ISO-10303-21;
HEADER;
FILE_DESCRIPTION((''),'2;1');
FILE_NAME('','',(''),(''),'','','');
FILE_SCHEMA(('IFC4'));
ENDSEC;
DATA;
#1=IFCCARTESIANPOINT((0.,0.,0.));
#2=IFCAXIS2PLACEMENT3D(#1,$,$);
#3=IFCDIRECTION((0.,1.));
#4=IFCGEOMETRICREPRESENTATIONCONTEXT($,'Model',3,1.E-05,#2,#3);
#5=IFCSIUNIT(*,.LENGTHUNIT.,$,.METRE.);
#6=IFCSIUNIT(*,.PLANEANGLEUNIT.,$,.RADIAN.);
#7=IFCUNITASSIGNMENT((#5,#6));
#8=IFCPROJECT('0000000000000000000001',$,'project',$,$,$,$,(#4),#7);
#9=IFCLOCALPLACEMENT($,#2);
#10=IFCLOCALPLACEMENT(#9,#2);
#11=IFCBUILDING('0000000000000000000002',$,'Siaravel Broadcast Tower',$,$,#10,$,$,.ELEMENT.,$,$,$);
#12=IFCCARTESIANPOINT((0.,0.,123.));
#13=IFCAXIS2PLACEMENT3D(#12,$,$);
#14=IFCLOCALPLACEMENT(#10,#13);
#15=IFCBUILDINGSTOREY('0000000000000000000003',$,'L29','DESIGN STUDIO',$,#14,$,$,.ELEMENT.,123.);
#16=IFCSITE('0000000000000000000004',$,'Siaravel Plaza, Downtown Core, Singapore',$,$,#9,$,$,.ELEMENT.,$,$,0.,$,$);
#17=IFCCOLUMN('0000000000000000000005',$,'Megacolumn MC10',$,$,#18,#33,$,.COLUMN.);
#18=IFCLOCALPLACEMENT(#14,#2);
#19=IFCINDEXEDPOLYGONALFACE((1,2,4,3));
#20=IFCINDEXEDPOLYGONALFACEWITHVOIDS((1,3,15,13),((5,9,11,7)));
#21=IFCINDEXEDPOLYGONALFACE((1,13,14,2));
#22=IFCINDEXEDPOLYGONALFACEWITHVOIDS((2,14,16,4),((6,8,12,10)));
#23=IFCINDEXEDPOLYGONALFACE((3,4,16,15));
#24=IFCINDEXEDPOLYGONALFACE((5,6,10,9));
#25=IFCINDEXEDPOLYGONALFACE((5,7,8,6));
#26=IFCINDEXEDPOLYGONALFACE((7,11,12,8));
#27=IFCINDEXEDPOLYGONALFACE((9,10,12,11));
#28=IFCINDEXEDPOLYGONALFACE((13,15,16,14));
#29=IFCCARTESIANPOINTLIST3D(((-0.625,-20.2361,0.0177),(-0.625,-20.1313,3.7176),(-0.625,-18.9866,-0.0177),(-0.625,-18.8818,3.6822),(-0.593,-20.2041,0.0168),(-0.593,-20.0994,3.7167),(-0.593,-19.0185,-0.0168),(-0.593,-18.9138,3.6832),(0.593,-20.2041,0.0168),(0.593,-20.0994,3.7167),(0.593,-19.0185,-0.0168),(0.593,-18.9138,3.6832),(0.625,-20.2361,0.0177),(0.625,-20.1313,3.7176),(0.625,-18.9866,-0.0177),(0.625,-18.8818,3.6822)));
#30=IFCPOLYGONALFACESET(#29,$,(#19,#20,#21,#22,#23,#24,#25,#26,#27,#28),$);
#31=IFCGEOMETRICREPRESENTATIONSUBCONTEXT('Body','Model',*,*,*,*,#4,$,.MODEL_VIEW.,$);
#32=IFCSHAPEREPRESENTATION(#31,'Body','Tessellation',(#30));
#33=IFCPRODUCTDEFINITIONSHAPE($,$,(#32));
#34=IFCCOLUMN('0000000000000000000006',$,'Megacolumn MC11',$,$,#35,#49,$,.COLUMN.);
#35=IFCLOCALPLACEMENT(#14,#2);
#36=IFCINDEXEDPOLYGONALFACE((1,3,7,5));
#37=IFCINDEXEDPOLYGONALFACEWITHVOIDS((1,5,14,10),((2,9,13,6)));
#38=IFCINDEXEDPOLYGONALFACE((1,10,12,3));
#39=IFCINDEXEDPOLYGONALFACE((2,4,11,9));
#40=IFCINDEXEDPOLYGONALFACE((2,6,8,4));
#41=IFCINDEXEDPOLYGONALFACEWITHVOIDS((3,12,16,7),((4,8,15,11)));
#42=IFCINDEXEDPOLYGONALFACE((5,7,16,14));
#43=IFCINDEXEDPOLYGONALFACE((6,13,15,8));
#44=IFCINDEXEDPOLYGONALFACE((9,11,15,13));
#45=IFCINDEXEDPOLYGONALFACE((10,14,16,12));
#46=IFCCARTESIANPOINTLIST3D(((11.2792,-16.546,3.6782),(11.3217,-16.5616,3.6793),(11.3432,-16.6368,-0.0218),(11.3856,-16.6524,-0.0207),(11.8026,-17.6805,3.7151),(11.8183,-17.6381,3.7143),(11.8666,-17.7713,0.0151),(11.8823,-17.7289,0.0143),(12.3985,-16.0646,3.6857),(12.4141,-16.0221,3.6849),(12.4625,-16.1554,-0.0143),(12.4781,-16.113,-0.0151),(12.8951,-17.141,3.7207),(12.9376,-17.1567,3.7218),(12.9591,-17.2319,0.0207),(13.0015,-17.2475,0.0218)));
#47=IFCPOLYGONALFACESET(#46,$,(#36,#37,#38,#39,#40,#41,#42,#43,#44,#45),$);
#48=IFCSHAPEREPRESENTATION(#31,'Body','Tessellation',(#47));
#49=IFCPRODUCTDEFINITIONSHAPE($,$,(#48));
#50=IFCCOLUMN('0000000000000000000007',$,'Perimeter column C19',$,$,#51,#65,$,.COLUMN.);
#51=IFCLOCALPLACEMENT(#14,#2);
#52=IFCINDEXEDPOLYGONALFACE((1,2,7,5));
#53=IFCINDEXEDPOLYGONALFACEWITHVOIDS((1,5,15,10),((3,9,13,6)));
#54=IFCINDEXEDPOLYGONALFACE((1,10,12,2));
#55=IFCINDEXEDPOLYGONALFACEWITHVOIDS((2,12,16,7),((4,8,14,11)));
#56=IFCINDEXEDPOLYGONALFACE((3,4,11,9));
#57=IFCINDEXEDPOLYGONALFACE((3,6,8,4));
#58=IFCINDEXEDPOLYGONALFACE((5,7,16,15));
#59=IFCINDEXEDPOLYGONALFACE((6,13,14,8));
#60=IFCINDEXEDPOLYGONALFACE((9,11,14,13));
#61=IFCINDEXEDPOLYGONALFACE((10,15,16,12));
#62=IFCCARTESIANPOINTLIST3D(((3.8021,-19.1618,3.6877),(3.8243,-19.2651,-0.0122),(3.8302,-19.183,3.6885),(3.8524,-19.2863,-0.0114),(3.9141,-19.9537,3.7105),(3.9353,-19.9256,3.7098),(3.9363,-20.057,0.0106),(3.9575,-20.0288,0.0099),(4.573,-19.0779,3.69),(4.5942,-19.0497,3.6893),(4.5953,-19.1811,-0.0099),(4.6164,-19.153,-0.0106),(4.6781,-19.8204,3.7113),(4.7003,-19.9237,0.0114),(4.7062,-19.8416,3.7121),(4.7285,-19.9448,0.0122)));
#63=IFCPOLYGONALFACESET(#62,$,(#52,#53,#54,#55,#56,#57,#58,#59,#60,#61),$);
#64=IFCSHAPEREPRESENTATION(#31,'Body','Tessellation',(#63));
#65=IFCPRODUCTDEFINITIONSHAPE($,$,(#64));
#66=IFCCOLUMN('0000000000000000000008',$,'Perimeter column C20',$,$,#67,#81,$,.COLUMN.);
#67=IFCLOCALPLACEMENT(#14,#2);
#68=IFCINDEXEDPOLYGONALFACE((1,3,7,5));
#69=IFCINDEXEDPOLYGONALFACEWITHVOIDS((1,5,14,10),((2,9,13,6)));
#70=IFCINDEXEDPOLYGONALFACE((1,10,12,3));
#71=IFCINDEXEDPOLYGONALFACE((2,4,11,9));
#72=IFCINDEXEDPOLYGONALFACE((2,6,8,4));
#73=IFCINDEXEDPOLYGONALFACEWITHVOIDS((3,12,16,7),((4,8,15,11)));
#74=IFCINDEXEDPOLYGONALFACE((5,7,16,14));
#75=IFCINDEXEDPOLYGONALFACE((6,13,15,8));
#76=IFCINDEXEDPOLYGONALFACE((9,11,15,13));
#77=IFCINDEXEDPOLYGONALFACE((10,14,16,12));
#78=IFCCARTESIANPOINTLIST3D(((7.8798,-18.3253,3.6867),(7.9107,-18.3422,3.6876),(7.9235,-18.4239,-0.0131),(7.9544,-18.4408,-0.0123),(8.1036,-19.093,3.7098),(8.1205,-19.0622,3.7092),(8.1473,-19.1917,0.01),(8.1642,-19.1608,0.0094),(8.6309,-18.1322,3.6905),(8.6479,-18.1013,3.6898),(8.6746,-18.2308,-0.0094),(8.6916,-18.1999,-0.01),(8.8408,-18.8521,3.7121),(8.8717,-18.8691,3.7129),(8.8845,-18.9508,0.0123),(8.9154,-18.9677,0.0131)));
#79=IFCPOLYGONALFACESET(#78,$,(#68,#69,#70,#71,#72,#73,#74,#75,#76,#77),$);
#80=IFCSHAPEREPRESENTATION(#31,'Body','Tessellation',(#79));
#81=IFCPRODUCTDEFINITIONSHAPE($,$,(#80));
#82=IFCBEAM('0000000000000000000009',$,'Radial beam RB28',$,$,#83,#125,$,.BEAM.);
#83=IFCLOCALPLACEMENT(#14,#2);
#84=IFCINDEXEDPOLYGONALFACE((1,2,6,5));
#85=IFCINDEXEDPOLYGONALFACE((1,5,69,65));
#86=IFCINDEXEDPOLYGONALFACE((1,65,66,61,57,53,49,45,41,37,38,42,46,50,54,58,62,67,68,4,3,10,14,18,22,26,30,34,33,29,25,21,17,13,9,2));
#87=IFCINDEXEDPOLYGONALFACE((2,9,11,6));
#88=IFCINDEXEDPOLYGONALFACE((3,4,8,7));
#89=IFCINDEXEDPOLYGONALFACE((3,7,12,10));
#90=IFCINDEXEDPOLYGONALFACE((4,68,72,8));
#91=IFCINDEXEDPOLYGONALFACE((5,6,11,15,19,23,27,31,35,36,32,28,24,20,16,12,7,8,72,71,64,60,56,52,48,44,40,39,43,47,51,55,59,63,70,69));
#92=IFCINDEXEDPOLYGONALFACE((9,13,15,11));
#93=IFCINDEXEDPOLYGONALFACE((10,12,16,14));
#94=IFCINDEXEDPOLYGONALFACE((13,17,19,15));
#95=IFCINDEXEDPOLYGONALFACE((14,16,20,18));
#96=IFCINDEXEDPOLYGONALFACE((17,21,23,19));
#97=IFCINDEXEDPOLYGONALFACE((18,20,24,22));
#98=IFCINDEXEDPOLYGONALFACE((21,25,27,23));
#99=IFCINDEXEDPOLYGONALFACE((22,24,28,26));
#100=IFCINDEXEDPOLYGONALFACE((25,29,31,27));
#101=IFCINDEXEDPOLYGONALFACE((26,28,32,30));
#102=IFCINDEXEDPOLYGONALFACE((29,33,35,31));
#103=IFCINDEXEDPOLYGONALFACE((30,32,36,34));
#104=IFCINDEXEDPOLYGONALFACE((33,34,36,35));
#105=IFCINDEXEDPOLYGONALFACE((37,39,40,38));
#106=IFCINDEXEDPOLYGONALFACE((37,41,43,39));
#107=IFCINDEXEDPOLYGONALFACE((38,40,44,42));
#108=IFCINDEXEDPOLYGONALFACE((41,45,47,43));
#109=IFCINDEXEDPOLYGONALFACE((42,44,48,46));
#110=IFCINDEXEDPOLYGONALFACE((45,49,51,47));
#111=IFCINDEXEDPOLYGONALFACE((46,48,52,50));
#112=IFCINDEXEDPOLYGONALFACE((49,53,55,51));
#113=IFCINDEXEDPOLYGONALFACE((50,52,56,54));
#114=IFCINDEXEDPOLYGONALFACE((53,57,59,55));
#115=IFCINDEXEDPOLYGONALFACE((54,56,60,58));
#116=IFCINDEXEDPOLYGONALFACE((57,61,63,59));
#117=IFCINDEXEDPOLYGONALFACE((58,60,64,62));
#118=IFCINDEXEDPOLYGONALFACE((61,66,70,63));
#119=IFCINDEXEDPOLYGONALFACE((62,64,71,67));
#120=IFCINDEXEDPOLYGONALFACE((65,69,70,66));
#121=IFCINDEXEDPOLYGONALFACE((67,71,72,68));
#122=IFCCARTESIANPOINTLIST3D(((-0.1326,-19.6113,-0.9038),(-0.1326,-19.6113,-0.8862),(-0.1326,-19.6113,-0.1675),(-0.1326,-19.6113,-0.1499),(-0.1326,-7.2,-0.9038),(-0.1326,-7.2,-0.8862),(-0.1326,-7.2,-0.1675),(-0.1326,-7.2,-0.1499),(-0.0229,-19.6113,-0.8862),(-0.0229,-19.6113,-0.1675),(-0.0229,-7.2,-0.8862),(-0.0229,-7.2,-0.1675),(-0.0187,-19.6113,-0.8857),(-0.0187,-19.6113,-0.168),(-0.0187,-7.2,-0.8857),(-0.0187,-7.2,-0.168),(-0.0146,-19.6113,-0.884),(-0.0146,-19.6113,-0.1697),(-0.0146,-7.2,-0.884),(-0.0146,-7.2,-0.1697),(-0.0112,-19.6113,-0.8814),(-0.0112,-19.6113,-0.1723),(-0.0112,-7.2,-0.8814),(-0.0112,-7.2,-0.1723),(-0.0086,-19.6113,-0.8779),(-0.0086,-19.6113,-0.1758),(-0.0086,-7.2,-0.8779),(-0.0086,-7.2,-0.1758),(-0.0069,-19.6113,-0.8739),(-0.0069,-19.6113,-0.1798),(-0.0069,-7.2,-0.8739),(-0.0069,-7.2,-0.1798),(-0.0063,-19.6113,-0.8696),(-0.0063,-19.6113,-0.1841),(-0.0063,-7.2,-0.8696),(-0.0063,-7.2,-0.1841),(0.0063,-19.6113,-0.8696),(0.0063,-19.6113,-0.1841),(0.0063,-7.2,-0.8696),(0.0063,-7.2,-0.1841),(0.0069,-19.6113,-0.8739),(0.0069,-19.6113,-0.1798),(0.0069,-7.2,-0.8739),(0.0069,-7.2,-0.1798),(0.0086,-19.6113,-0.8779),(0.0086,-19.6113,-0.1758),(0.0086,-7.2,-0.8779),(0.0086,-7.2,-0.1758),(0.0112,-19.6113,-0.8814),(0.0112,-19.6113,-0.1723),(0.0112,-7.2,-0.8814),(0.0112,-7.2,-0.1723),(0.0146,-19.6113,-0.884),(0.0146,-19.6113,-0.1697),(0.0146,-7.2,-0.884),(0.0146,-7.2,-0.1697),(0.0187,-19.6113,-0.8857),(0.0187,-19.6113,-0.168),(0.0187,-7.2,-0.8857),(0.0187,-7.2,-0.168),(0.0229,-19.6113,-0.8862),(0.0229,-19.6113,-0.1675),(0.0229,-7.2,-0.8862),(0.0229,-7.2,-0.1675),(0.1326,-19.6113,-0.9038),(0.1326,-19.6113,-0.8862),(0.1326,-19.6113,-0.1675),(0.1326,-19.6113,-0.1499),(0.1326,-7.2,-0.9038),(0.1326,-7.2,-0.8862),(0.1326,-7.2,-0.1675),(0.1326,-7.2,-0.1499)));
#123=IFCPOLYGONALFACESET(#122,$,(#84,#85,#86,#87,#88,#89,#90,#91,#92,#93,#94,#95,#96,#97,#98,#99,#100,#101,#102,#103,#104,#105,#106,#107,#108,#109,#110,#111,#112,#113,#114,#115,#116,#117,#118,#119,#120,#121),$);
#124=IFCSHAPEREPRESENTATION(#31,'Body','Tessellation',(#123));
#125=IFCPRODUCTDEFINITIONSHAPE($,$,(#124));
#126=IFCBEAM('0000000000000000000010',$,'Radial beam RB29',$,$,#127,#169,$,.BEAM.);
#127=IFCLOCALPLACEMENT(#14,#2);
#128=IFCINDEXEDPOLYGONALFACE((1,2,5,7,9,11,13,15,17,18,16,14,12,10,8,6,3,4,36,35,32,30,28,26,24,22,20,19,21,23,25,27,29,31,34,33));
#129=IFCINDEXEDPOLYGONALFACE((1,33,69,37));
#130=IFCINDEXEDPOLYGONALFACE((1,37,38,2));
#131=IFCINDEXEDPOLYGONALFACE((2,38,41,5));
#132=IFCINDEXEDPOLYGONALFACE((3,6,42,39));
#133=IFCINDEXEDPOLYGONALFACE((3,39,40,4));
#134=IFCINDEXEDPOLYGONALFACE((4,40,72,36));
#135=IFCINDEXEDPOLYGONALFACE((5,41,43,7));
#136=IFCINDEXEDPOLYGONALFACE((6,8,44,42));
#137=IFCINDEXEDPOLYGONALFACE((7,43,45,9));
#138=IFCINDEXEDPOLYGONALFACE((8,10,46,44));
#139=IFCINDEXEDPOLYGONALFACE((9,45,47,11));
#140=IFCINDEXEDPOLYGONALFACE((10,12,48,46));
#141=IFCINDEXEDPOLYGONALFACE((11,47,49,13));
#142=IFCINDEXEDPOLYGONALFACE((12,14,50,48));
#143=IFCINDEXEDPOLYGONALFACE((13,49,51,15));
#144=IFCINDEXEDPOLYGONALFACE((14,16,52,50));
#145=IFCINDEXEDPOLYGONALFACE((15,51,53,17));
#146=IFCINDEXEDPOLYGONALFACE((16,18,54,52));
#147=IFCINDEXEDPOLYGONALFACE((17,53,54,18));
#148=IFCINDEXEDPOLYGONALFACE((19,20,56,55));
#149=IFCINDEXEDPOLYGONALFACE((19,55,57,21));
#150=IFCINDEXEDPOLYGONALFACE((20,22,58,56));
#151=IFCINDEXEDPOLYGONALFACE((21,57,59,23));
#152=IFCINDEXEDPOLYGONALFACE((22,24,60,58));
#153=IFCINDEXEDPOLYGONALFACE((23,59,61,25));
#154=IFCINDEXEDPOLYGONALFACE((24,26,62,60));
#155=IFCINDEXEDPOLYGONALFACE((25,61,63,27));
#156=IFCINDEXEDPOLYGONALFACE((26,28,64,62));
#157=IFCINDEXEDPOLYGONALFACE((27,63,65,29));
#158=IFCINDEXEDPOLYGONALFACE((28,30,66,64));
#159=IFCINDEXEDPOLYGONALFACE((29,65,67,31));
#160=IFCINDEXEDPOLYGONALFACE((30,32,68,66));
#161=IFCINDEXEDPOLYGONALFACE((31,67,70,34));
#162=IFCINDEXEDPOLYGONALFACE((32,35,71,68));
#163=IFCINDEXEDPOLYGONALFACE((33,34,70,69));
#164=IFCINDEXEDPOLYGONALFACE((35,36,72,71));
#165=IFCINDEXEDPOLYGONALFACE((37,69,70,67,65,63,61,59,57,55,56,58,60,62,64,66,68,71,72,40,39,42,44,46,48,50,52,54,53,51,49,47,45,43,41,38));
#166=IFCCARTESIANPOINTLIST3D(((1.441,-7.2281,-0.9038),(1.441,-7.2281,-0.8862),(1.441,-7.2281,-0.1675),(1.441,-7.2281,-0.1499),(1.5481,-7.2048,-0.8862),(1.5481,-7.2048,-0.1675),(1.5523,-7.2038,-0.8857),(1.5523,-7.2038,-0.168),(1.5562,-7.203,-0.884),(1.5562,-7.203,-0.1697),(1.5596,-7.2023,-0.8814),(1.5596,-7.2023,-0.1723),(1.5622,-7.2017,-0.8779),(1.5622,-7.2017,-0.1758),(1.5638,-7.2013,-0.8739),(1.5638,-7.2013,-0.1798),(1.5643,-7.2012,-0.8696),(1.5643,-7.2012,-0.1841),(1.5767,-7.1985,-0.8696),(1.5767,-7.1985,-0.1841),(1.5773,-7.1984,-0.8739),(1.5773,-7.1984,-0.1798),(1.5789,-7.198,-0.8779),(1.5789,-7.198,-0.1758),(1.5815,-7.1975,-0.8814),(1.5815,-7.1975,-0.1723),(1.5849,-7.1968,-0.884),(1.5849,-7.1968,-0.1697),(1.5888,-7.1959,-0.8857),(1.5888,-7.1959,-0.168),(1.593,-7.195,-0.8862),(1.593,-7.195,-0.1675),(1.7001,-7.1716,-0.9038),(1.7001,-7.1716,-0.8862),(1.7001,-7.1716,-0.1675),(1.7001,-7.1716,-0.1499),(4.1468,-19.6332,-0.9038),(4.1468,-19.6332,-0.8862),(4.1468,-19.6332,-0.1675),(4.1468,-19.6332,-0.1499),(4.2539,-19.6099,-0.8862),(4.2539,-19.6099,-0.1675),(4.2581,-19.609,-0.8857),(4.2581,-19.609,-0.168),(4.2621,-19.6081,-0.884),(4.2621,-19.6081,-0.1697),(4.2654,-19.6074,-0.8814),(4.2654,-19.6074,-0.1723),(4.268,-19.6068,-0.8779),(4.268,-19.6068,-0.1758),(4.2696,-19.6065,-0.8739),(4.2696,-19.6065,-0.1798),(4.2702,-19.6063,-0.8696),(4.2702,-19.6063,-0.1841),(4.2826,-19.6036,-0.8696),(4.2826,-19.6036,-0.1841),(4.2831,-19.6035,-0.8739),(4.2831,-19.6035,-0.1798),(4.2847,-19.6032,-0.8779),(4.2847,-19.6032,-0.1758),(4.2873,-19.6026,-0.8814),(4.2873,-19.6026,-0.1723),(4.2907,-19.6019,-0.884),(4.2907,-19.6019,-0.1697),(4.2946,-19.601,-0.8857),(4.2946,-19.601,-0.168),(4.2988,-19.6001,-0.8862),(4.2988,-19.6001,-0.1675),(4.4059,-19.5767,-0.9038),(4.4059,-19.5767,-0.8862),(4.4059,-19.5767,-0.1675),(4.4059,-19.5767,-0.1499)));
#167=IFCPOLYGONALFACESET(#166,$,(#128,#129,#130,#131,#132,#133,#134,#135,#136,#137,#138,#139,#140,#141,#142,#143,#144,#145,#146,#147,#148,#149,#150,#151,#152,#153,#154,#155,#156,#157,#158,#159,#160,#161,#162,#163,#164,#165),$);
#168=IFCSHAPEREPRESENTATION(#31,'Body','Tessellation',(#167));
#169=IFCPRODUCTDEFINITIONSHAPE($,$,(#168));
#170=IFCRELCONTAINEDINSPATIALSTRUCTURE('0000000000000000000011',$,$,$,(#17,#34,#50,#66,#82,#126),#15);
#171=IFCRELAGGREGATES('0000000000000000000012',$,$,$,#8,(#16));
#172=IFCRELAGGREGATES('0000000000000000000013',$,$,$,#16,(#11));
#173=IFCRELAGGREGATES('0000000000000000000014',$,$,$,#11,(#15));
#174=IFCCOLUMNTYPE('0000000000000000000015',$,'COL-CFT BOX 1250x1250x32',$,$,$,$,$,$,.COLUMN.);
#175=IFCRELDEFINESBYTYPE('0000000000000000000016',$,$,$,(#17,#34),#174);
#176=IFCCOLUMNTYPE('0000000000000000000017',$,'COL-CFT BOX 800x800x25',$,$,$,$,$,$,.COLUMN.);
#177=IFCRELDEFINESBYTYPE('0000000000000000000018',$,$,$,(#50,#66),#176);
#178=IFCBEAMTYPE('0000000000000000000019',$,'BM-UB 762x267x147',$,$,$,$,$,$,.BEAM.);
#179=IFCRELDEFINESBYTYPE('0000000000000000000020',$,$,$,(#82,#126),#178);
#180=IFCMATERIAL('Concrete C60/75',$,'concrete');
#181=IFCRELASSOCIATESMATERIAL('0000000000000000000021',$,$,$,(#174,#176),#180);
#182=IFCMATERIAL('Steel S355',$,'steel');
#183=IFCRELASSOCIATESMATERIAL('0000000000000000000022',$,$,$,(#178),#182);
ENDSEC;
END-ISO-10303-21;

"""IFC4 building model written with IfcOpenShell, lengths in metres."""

from ifc_helpers import new_model, si_unit, direction, frame, origin, origin_2d, place, context, subcontext, project, spatial, hollow_rectangle, i_section, extrude, material, material_profile, profile_set, type_object, element, save


model = new_model("IFC4")

# Units and contexts
model_context = context("Model", 3, precision=1e-05, world=origin(), true_north=direction((0.0, 1.0)))
body_context = subcontext(model_context, "Body", "Model", "MODEL_VIEW")
ifc_project = project(units=[si_unit("LENGTHUNIT", "METRE"), si_unit("PLANEANGLEUNIT", "RADIAN")], contexts=[model_context])

# Site, building, storey
site_placement = place(None, origin())
site = spatial("IfcSite", under=ifc_project, at=site_placement, Name="Siaravel Plaza, Downtown Core, Singapore", CompositionType="ELEMENT", RefElevation=0.0)
building_placement = place(site_placement, origin())
building = spatial("IfcBuilding", under=site, at=building_placement, Name="Siaravel Broadcast Tower", CompositionType="ELEMENT")
storey_placement = place(building_placement, frame((0.0, 0.0, 123.0)))
storey = spatial("IfcBuildingStorey", under=building, at=storey_placement, Name="L29", Description="DESIGN STUDIO", CompositionType="ELEMENT", Elevation=123.0)

# Columns
ifc_material_1 = material(Name="Concrete C60/75", Category="concrete")
ifc_material_profile_1 = material_profile(ifc_material_1, hollow_rectangle(XDim=1.25, YDim=1.25, WallThickness=0.032, at=origin_2d()))
ifc_profile_set_1 = profile_set([ifc_material_profile_1], Name="Concrete C60/75")
column_type_1 = type_object("IfcColumnType", Name="COL-CFT BOX 1250x1250x32", PredefinedType="COLUMN", material=ifc_profile_set_1)
column_1_placement = place(storey_placement, frame((0.0, -19.6113, 0.0), z_axis=(0.0, 0.028296, 0.9996), x_axis=(-1.0, 0.0, 0.0)))
element("IfcColumn", 1, at=column_1_placement, inside=storey, type_object=column_type_1, Name="Megacolumn MC10", PredefinedType="COLUMN", context=body_context, shape_type="SweptSolid", body=[
    extrude(hollow_rectangle(XDim=1.25, YDim=1.25, WallThickness=0.032, at=origin_2d()), origin(), (0.0, 0.0, 1.0), 3.7014),
])
column_2_placement = place(storey_placement, frame((12.1724, -16.9421, 0.0), z_axis=(-0.01728, 0.024535, 0.99955), x_axis=(-0.907942, -0.41906, -0.00541)))
element("IfcColumn", 2, at=column_2_placement, inside=storey, type_object=column_type_1, Name="Megacolumn MC11", PredefinedType="COLUMN", context=body_context, shape_type="SweptSolid", body=[
    extrude(hollow_rectangle(XDim=1.25, YDim=1.25, WallThickness=0.032, at=origin_2d()), origin(), (0.0, 0.0, 1.0), 3.7017),
])
ifc_material_profile_2 = material_profile(ifc_material_1, hollow_rectangle(XDim=0.8, YDim=0.8, WallThickness=0.0249, at=origin_2d()))
ifc_profile_set_2 = profile_set([ifc_material_profile_2], Name="Concrete C60/75")
column_type_2 = type_object("IfcColumnType", Name="COL-CFT BOX 800x800x25", PredefinedType="COLUMN", material=ifc_profile_set_2)
for number, where, z_axis, x_axis, name in (
    (3, (4.2764, -19.605, 0.0), (-0.006002, 0.0279, 0.999593), (-0.99013, -0.140135, -0.002034), "Perimeter column C19"),
    (4, (8.4194, -18.6958, 0.0), (-0.011806, 0.026647, 0.999575), (-0.960009, -0.279942, -0.003876), "Perimeter column C20"),
):
    element("IfcColumn", number, at=place(storey_placement, frame(where, z_axis=z_axis, x_axis=x_axis)), inside=storey, type_object=column_type_2, Name=name, PredefinedType="COLUMN", context=body_context, shape_type="SweptSolid", body=[
        extrude(hollow_rectangle(XDim=0.8, YDim=0.8, WallThickness=0.0249, at=origin_2d()), origin(), (0.0, 0.0, 1.0), 3.7014),
    ])

# Beams
ifc_material_2 = material(Name="Steel S355", Category="steel")
ifc_material_profile_3 = material_profile(ifc_material_2, i_section(OverallWidth=0.2651, OverallDepth=0.7539, WebThickness=0.0127, FlangeThickness=0.0176, FilletRadius=0.0166, at=origin_2d()))
ifc_profile_set_3 = profile_set([ifc_material_profile_3], Name="Steel S355")
beam_type = type_object("IfcBeamType", Name="BM-UB 762x267x147", PredefinedType="BEAM", material=ifc_profile_set_3)
beam_1_placement = place(storey_placement, frame((0.0, -19.6113, -0.5269), z_axis=(0.0, 1.0, 0.0), x_axis=(-1.0, 0.0, 0.0)))
element("IfcBeam", 5, at=beam_1_placement, inside=storey, type_object=beam_type, Name="Radial beam RB28", PredefinedType="BEAM", context=body_context, shape_type="SweptSolid", body=[
    extrude(i_section(OverallWidth=0.2651, OverallDepth=0.7539, WebThickness=0.0127, FlangeThickness=0.0176, FilletRadius=0.0166, at=origin_2d()), origin(), (0.0, 0.0, 1.0), 12.4114),
])
beam_2_placement = place(storey_placement, frame((4.2764, -19.605, -0.5269), z_axis=(-0.213111, 0.977028, 0.0), x_axis=(-0.977028, -0.213111, 0.0)))
element("IfcBeam", 6, at=beam_2_placement, inside=storey, type_object=beam_type, Name="Radial beam RB29", PredefinedType="BEAM", context=body_context, shape_type="SweptSolid", body=[
    extrude(i_section(OverallWidth=0.2651, OverallDepth=0.7539, WebThickness=0.0127, FlangeThickness=0.0176, FilletRadius=0.0166, at=origin_2d()), origin(), (0.0, 0.0, 1.0), 12.6968),
])

save(model, "model.ifc")
